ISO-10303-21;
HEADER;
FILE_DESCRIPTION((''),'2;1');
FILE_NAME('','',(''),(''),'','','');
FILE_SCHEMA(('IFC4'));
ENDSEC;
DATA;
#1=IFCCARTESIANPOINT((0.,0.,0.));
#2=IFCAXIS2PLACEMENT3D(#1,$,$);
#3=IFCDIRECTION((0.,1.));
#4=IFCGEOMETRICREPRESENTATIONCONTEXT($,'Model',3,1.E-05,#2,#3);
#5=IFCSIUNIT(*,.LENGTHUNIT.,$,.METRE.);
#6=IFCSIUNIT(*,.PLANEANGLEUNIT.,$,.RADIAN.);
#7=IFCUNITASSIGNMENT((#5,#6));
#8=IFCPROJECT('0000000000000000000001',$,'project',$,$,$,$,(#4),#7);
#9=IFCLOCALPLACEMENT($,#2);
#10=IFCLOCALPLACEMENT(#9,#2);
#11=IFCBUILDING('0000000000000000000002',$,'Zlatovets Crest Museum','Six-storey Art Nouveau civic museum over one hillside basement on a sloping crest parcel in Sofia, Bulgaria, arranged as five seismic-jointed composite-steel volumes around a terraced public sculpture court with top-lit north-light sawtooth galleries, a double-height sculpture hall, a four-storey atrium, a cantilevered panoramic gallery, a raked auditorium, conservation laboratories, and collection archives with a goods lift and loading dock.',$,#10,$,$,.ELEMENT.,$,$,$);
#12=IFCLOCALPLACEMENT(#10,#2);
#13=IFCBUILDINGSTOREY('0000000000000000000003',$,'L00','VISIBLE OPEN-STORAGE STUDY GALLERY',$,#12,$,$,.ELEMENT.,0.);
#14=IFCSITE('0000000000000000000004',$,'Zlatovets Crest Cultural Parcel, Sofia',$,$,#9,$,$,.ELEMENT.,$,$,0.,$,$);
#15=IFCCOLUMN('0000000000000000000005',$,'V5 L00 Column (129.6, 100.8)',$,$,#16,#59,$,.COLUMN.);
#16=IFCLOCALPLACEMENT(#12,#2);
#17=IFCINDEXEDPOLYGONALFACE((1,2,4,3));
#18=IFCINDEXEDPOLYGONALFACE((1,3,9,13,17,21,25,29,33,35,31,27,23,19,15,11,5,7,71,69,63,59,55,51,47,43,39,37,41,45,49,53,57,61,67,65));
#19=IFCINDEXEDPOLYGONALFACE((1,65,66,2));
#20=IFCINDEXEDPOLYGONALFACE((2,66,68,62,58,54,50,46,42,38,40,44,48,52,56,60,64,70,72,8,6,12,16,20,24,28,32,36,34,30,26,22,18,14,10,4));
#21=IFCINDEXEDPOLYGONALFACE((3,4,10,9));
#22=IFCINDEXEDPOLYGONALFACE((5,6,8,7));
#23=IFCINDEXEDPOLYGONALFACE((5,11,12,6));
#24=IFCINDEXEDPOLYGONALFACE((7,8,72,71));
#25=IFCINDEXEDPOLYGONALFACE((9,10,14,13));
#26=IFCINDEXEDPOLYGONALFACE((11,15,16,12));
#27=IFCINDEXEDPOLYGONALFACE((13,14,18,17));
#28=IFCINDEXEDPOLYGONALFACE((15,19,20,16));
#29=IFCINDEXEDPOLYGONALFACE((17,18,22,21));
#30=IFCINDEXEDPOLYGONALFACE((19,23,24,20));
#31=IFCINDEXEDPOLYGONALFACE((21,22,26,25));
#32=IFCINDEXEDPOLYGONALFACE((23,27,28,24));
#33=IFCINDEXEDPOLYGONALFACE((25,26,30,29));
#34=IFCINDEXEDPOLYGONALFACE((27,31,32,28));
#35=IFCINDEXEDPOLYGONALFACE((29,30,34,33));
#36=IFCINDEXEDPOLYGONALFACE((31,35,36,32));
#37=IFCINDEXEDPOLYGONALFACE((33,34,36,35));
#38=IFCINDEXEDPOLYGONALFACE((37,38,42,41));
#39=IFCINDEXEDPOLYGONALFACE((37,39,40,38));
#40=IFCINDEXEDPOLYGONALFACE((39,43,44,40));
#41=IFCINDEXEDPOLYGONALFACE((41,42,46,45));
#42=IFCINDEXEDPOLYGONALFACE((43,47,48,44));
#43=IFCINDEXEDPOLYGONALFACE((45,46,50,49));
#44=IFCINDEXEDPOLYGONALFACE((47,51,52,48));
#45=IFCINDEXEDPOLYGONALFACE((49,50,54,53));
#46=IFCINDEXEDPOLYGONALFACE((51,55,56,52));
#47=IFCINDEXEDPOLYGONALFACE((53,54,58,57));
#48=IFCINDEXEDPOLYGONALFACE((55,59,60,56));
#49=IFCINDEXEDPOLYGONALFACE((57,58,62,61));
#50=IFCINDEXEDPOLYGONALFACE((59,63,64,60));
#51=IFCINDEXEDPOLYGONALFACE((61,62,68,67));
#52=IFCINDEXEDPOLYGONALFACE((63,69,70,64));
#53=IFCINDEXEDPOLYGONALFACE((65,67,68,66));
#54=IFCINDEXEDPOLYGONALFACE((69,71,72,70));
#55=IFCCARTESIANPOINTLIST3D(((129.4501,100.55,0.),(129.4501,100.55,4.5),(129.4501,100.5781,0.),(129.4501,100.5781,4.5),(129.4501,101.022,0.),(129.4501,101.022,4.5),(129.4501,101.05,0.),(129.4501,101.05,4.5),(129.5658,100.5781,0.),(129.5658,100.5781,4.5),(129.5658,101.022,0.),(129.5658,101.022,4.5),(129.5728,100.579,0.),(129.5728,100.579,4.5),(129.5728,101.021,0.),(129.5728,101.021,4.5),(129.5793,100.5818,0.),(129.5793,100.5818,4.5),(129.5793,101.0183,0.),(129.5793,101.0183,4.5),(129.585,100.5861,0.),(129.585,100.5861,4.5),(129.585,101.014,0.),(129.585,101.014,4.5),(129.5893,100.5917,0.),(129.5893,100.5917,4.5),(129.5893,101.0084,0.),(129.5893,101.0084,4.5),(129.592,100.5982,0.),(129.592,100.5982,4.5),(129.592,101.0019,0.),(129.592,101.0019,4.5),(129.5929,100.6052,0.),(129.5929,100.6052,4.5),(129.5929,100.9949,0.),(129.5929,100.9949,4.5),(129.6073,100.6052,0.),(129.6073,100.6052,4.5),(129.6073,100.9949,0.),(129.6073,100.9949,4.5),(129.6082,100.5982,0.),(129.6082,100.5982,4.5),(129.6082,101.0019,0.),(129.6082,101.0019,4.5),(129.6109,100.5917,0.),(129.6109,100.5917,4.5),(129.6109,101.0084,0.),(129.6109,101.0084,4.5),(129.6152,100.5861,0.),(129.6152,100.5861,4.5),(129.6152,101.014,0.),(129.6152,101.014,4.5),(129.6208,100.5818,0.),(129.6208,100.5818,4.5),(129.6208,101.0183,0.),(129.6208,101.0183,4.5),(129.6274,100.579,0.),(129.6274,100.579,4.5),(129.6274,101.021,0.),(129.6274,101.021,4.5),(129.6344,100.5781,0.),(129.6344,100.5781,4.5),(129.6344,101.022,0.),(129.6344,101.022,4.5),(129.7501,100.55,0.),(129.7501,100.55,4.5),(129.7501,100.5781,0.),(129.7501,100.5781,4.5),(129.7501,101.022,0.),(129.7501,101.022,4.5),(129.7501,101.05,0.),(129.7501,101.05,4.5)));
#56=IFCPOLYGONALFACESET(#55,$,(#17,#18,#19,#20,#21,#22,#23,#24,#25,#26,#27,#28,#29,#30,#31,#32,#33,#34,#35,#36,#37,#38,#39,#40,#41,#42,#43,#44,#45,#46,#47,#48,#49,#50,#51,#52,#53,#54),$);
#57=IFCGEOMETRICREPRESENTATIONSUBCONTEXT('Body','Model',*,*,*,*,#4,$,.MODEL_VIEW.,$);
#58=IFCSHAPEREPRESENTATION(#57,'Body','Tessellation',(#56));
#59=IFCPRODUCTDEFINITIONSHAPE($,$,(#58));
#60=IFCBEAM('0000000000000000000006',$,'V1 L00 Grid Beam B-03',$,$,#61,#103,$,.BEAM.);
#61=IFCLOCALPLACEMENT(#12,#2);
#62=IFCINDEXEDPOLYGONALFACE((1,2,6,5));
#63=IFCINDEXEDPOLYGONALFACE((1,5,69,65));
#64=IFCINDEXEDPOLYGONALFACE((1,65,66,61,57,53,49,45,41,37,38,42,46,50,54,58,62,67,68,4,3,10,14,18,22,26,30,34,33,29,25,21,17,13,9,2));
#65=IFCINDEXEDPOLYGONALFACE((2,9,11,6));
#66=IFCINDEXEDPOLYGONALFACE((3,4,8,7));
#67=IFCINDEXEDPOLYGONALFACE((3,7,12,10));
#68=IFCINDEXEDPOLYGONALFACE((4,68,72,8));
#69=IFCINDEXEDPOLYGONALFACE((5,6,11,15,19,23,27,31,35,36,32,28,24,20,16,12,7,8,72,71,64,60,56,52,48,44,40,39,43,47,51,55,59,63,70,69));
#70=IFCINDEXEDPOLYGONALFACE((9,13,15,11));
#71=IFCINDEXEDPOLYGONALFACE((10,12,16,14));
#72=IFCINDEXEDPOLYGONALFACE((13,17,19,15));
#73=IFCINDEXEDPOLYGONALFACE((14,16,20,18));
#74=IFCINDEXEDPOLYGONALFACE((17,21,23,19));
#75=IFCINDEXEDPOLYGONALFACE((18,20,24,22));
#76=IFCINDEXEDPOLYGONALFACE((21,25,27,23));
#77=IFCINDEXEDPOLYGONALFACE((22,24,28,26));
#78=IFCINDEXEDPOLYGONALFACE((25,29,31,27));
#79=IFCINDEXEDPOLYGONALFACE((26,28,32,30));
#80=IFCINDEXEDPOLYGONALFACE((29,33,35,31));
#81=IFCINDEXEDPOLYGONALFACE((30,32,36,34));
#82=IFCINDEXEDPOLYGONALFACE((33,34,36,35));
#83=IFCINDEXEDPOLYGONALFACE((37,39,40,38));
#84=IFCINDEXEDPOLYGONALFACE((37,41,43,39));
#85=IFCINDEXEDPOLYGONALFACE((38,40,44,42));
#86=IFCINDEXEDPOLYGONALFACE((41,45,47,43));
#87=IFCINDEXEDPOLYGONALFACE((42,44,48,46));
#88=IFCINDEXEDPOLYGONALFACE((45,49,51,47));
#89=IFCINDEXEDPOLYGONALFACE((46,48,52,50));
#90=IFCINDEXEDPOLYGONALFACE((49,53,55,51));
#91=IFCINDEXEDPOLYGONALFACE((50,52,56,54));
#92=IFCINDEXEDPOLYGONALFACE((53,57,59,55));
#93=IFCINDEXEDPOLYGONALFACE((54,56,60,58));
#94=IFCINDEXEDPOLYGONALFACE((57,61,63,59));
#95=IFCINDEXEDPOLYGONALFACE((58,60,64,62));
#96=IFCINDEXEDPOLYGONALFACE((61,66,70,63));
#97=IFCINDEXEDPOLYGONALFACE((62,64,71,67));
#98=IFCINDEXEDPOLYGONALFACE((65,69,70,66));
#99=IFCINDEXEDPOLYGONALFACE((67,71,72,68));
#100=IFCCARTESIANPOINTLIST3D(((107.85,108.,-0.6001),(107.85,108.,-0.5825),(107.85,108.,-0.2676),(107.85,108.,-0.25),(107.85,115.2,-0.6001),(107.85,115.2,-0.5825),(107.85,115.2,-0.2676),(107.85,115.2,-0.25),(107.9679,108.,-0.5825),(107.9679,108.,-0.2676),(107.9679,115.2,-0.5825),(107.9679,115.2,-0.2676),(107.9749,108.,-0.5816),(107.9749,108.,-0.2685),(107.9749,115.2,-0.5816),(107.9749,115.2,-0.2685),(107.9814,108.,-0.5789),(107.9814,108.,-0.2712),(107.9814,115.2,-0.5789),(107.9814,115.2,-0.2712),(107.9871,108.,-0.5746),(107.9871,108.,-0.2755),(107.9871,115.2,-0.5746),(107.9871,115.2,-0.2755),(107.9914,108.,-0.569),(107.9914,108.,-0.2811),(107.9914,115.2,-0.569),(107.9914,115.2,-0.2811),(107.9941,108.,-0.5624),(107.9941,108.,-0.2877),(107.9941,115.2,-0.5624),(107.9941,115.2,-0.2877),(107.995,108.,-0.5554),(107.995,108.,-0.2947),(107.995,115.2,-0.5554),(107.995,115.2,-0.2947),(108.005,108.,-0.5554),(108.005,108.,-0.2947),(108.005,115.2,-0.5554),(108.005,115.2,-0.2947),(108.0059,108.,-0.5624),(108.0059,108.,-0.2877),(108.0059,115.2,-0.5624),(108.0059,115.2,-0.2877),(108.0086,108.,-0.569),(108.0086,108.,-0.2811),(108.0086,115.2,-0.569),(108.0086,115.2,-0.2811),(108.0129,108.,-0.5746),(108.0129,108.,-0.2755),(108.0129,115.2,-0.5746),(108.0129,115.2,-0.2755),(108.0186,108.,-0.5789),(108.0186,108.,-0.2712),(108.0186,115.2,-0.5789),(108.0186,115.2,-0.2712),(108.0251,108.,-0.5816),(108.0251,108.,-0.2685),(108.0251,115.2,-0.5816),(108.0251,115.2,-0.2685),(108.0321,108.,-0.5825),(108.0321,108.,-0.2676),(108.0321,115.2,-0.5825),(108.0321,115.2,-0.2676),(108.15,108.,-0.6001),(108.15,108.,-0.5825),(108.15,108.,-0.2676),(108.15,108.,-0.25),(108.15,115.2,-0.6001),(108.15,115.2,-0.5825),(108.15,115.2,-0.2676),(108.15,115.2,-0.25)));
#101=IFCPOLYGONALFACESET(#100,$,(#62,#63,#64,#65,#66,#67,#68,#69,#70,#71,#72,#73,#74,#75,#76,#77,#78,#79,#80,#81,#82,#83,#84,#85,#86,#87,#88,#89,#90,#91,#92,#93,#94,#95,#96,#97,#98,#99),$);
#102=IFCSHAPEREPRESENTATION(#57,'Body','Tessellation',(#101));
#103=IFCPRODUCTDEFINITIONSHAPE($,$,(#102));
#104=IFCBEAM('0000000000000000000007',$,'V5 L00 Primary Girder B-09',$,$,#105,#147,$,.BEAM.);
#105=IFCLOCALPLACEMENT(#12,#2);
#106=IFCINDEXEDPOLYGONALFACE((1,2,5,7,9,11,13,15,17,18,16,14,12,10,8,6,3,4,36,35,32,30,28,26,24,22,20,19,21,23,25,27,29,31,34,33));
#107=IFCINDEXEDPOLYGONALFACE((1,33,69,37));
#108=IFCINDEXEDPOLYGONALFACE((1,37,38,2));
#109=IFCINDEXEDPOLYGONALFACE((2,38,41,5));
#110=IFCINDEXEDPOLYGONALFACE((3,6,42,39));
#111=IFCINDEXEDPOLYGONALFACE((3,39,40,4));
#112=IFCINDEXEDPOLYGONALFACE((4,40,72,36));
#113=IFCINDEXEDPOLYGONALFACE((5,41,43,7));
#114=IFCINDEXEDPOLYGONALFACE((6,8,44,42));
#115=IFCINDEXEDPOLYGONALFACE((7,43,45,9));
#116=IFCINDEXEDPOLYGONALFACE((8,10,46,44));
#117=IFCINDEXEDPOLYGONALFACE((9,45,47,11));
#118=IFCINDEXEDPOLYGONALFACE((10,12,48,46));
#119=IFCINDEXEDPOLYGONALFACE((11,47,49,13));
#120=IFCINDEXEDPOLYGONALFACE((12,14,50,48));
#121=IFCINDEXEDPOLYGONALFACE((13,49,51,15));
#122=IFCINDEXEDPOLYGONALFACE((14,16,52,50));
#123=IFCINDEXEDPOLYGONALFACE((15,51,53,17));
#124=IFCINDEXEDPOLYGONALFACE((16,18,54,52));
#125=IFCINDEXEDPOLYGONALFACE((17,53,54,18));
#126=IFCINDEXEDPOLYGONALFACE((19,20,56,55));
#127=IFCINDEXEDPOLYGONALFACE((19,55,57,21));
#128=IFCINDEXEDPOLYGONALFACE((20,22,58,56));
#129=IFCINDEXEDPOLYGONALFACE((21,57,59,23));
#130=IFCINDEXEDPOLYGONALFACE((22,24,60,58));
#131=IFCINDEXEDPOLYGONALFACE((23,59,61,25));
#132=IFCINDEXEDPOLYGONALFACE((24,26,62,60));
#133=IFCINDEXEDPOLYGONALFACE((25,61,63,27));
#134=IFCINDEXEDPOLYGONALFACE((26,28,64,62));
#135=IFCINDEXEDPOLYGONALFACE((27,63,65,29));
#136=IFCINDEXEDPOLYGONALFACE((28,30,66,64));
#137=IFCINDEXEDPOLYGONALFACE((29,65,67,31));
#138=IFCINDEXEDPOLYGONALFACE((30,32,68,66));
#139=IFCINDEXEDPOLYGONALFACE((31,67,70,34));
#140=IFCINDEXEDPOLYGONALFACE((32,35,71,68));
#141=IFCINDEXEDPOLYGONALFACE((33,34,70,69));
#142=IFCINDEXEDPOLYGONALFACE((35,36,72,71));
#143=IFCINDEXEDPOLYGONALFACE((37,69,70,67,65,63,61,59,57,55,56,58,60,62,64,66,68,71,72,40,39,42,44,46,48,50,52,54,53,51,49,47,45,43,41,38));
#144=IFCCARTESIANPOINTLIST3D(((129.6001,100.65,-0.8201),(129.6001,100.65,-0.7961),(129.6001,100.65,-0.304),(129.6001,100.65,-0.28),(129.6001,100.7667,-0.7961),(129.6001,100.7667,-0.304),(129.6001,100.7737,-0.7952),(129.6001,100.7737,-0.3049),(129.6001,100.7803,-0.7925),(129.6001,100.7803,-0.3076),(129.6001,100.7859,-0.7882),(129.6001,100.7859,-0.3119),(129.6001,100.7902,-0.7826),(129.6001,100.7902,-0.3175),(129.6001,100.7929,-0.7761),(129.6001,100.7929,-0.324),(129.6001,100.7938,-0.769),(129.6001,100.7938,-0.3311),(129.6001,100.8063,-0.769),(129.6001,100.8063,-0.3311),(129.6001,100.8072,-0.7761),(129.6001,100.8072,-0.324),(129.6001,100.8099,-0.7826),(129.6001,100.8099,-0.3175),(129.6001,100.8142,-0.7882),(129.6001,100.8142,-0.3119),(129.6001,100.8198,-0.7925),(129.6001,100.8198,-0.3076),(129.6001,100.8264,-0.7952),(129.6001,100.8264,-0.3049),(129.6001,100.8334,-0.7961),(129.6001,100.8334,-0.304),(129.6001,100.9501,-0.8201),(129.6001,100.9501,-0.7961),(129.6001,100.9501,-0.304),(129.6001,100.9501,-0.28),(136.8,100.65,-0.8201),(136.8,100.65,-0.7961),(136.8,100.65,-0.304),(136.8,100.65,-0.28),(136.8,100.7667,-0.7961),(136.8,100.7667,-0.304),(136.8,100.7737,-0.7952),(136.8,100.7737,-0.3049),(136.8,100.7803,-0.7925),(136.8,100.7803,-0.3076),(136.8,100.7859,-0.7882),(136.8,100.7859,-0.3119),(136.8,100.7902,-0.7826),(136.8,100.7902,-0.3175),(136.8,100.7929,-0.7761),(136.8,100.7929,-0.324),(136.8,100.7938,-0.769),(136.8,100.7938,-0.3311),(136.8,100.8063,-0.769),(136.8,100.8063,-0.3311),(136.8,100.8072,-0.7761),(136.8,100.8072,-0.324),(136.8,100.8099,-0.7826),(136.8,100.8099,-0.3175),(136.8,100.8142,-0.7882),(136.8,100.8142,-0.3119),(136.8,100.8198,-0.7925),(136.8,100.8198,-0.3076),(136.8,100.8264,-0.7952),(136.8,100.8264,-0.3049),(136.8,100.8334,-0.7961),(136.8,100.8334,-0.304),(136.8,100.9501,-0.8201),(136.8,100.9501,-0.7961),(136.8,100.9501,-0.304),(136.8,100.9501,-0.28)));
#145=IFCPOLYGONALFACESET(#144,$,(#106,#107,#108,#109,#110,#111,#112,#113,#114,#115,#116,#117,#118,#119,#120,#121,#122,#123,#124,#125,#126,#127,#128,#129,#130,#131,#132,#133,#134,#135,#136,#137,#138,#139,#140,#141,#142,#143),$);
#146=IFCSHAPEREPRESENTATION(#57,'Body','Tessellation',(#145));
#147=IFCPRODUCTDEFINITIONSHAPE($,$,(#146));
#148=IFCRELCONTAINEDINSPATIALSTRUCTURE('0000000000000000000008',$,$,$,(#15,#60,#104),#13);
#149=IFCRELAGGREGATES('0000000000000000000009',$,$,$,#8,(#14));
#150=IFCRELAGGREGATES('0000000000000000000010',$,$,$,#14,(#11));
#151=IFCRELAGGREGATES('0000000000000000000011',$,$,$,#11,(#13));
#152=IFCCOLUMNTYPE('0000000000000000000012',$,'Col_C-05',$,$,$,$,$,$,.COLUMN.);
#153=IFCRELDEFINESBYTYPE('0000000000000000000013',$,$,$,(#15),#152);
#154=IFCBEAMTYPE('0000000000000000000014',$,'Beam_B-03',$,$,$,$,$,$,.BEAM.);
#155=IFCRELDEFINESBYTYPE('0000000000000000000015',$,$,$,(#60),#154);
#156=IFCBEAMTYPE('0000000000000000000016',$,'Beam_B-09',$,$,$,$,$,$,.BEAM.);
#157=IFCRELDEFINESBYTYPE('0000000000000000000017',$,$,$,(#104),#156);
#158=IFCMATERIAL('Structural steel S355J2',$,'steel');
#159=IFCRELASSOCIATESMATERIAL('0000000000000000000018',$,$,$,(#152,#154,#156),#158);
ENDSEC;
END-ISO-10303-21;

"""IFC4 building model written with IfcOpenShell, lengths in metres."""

from ifc_helpers import new_model, si_unit, direction, frame, origin, origin_2d, place, context, subcontext, project, spatial, i_section, extrude, material, material_profile, profile_set, type_object, element, save


model = new_model("IFC4")

# Units and contexts
model_context = context("Model", 3, precision=1e-05, world=origin(), true_north=direction((0.0, 1.0)))
body_context = subcontext(model_context, "Body", "Model", "MODEL_VIEW")
ifc_project = project(units=[si_unit("LENGTHUNIT", "METRE"), si_unit("PLANEANGLEUNIT", "RADIAN")], contexts=[model_context])

# Site, building, storey
site_placement = place(None, origin())
site = spatial("IfcSite", under=ifc_project, at=site_placement, Name="Zlatovets Crest Cultural Parcel, Sofia", CompositionType="ELEMENT", RefElevation=0.0)
building_placement = place(site_placement, origin())
building = spatial("IfcBuilding", under=site, at=building_placement, Name="Zlatovets Crest Museum", Description="Six-storey Art Nouveau civic museum over one hillside basement on a sloping crest parcel in Sofia, Bulgaria, arranged as five seismic-jointed composite-steel volumes around a terraced public sculpture court with top-lit north-light sawtooth galleries, a double-height sculpture hall, a four-storey atrium, a cantilevered panoramic gallery, a raked auditorium, conservation laboratories, and collection archives with a goods lift and loading dock.", CompositionType="ELEMENT")
storey_placement = place(building_placement, origin())
storey = spatial("IfcBuildingStorey", under=building, at=storey_placement, Name="L00", Description="VISIBLE OPEN-STORAGE STUDY GALLERY", CompositionType="ELEMENT", Elevation=0.0)

# Column
ifc_material_1 = material(Name="Structural steel S355J2", Category="steel")
ifc_material_profile_1 = material_profile(ifc_material_1, i_section(OverallWidth=0.3, OverallDepth=0.5, WebThickness=0.0144, FlangeThickness=0.0281, FilletRadius=0.0271, at=origin_2d()), Name="HEB 500")
ifc_profile_set_1 = profile_set([ifc_material_profile_1], Name="Structural steel S355J2")
column_type = type_object("IfcColumnType", Name="Col_C-05", PredefinedType="COLUMN", material=ifc_profile_set_1)
for number, where, z_axis, x_axis, name in (
    (1, (129.6001, 100.8, 0.0), (0.0, 0.0, 1.0), (1.0, 0.0, 0.0), "V5 L00 Column (129.6, 100.8)"),
):
    element("IfcColumn", number, at=place(storey_placement, frame(where, z_axis=z_axis, x_axis=x_axis)), inside=storey, type_object=column_type, Name=name, PredefinedType="COLUMN", context=body_context, shape_type="SweptSolid", body=[
        extrude(i_section(OverallWidth=0.3, OverallDepth=0.5, WebThickness=0.0144, FlangeThickness=0.0281, FilletRadius=0.0271, at=origin_2d()), origin(), (0.0, 0.0, 1.0), 4.5),
    ])

# Beams
ifc_material_profile_2 = material_profile(ifc_material_1, i_section(OverallWidth=0.3, OverallDepth=0.3501, WebThickness=0.01, FlangeThickness=0.0176, FilletRadius=0.0271, at=origin_2d()), Name="HEA 360")
ifc_profile_set_2 = profile_set([ifc_material_profile_2], Name="Structural steel S355J2")
beam_type_1 = type_object("IfcBeamType", Name="Beam_B-03", PredefinedType="BEAM", material=ifc_profile_set_2)
beam_1_placement = place(storey_placement, frame((108.0, 108.0, -0.425), z_axis=(0.0, 1.0, 0.0), x_axis=(-1.0, 0.0, 0.0)))
element("IfcBeam", 2, at=beam_1_placement, inside=storey, type_object=beam_type_1, Name="V1 L00 Grid Beam B-03", PredefinedType="BEAM", context=body_context, shape_type="SweptSolid", body=[
    extrude(i_section(OverallWidth=0.3, OverallDepth=0.3501, WebThickness=0.01, FlangeThickness=0.0176, FilletRadius=0.0271, at=origin_2d()), origin(), (0.0, 0.0, 1.0), 7.2),
])
ifc_material_profile_3 = material_profile(ifc_material_1, i_section(OverallWidth=0.3, OverallDepth=0.54, WebThickness=0.0125, FlangeThickness=0.0239, FilletRadius=0.0271, at=origin_2d()), Name="HEA 550")
ifc_profile_set_3 = profile_set([ifc_material_profile_3], Name="Structural steel S355J2")
beam_type_2 = type_object("IfcBeamType", Name="Beam_B-09", PredefinedType="BEAM", material=ifc_profile_set_3)
beam_2_placement = place(storey_placement, frame((129.6001, 100.8, -0.55), z_axis=(1.0, 0.0, 0.0), x_axis=(0.0, 1.0, 0.0)))
element("IfcBeam", 3, at=beam_2_placement, inside=storey, type_object=beam_type_2, Name="V5 L00 Primary Girder B-09", PredefinedType="BEAM", context=body_context, shape_type="SweptSolid", body=[
    extrude(i_section(OverallWidth=0.3, OverallDepth=0.54, WebThickness=0.0125, FlangeThickness=0.0239, FilletRadius=0.0271, at=origin_2d()), origin(), (0.0, 0.0, 1.0), 7.2),
])

save(model, "model.ifc")
